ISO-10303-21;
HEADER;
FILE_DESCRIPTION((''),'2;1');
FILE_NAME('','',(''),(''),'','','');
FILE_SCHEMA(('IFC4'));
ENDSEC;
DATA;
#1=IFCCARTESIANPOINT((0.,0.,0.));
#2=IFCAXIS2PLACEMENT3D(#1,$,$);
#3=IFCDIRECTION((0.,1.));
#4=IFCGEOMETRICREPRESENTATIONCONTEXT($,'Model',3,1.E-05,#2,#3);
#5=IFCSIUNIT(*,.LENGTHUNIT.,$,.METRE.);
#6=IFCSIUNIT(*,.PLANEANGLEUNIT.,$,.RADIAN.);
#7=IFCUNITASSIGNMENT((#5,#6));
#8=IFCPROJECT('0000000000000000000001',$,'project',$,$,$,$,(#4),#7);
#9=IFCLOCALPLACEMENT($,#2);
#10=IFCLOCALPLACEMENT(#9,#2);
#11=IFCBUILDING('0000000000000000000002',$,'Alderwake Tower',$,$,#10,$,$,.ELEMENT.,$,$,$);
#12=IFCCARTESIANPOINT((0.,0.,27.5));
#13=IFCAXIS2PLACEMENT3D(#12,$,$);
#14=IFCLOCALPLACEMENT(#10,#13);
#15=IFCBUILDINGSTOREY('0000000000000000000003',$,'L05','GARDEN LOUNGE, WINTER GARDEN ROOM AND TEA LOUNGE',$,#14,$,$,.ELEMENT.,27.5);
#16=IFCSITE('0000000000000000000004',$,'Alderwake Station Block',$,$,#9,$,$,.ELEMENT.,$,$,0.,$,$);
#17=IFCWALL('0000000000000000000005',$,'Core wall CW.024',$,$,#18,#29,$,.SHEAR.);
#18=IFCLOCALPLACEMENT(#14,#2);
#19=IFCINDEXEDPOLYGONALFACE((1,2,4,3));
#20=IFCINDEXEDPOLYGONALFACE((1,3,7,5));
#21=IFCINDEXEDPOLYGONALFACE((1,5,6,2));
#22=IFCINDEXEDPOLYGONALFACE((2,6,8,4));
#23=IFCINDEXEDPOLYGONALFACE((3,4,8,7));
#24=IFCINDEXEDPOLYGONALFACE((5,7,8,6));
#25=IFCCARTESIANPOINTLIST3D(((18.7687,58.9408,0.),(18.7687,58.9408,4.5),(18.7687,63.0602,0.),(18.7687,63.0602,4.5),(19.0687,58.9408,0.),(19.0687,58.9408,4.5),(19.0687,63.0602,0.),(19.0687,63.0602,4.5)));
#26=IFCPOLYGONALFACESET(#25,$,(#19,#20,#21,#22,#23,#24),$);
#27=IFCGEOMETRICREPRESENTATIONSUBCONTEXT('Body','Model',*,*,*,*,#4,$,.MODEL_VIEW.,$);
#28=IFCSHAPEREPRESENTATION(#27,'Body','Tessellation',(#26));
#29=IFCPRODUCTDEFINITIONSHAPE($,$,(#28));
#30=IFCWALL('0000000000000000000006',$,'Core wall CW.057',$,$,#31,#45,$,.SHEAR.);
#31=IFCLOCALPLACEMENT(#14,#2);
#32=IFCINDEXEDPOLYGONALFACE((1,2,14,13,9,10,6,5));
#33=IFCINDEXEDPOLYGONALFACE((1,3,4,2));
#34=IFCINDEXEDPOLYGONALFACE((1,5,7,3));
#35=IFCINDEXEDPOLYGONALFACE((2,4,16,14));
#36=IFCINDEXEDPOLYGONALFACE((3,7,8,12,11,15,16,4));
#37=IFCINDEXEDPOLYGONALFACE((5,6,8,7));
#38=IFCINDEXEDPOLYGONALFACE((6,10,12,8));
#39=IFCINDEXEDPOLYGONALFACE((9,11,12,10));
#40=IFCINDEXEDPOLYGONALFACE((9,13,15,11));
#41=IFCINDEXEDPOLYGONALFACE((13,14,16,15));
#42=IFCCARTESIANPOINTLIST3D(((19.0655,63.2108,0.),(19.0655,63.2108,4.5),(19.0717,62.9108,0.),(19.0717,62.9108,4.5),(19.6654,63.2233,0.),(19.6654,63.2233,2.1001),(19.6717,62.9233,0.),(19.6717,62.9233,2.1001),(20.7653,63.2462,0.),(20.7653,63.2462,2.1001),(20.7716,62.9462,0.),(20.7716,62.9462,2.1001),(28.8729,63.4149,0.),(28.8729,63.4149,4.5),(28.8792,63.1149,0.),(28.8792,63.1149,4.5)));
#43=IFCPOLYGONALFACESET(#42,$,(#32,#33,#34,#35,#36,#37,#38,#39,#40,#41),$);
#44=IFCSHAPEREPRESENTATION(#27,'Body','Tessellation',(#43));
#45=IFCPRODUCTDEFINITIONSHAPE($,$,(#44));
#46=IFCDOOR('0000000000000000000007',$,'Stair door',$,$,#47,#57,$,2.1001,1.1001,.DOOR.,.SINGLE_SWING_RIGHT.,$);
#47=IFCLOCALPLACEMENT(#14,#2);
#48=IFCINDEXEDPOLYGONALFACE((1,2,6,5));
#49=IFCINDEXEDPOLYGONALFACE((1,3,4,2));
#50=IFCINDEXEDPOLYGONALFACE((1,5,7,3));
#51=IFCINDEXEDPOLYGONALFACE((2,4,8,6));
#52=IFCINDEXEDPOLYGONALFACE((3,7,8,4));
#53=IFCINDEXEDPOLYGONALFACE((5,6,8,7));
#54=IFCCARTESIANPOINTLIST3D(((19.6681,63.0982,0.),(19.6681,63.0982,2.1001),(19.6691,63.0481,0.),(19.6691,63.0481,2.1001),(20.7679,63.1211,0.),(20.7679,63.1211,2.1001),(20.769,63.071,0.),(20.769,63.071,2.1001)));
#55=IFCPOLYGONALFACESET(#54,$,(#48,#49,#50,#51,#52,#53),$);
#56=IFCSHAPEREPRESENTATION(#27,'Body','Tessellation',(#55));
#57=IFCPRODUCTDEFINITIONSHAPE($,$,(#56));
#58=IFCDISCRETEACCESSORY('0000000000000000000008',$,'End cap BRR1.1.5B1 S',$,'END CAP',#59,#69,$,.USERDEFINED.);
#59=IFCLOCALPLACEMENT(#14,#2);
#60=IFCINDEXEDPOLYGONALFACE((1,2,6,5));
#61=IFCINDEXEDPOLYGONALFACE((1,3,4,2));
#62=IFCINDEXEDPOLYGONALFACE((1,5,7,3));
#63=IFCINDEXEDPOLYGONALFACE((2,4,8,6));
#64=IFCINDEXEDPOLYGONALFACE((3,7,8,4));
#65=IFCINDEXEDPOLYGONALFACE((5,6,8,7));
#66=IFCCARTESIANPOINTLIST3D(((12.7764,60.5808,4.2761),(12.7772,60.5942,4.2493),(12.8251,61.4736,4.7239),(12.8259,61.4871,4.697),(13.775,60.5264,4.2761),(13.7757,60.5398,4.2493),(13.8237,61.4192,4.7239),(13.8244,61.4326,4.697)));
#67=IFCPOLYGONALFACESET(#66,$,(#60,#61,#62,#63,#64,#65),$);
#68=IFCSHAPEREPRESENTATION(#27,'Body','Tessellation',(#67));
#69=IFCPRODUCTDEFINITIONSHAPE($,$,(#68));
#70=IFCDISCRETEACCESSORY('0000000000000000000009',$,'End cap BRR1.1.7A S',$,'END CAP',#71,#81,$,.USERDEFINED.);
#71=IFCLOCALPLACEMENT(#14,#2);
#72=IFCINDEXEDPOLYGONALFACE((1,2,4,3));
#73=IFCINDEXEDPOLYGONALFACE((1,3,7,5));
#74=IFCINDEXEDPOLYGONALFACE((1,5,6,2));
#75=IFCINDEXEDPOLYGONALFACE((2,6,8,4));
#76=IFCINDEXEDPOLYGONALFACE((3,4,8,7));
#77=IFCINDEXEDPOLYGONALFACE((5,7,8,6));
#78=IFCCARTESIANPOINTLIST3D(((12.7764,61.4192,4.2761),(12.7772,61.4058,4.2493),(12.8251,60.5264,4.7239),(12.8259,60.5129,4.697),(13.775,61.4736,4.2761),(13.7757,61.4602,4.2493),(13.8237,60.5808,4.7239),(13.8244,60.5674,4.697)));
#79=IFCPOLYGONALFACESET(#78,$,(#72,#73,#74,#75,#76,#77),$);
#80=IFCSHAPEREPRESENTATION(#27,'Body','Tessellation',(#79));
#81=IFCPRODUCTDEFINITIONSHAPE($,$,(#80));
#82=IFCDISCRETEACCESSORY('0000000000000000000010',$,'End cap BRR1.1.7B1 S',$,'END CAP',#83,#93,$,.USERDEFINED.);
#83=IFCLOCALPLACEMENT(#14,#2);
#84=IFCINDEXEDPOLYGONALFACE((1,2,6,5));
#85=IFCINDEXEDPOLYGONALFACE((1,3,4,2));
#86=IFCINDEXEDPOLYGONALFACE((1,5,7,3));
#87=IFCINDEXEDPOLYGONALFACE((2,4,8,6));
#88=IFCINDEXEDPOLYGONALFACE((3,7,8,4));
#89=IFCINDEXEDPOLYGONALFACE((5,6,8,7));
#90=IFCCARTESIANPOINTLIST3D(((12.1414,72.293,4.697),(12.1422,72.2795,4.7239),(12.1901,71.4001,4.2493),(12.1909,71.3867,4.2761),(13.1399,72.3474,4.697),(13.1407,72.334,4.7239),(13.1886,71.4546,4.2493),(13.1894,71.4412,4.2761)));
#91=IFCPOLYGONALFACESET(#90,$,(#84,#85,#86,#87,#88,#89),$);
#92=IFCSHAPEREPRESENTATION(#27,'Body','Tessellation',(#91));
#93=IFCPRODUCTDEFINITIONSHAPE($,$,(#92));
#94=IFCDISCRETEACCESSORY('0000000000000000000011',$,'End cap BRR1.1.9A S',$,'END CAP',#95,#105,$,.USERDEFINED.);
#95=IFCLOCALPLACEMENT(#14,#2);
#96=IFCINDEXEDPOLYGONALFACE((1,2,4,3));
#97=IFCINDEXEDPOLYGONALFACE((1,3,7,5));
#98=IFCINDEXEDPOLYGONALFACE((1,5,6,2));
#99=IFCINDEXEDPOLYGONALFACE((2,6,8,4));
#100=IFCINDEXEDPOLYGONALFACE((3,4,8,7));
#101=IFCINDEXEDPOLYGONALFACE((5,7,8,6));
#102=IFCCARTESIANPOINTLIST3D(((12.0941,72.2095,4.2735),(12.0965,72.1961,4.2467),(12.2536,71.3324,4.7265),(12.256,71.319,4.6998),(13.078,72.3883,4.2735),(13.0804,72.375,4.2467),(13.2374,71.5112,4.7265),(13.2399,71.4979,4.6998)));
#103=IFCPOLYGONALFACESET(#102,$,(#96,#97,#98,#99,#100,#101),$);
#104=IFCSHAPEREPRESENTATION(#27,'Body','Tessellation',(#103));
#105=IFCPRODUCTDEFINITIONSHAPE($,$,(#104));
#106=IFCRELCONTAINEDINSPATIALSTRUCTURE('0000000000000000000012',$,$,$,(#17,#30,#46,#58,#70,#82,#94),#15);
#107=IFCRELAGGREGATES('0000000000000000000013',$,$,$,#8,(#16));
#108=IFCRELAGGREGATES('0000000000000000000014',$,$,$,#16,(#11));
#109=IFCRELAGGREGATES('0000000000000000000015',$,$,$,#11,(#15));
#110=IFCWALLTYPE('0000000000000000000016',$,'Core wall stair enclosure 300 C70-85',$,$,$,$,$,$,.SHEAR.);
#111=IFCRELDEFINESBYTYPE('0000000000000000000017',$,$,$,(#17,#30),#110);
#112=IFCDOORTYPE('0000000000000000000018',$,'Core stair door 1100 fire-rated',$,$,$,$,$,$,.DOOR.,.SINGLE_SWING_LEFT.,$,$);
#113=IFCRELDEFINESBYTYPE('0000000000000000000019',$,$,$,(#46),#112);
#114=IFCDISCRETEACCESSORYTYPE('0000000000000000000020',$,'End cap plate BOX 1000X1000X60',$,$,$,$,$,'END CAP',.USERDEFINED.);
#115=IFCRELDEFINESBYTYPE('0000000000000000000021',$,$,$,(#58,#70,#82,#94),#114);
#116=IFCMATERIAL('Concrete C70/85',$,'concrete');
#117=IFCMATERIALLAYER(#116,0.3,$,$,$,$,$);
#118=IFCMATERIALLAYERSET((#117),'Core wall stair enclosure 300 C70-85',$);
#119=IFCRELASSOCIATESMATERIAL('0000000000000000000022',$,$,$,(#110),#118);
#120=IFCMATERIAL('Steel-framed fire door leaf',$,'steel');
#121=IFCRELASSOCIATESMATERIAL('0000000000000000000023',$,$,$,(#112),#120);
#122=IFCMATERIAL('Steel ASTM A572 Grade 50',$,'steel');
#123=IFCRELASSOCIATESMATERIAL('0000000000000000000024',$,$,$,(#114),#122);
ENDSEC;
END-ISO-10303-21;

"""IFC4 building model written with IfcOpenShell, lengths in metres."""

from ifc_helpers import new_model, si_unit, direction, frame, frame_2d, origin, origin_2d, place, context, subcontext, project, spatial, rectangle, extrude, material, layer, layer_set, material_profile, profile_set, type_object, element, fill, save


model = new_model("IFC4")

# Units and contexts
model_context = context("Model", 3, precision=1e-05, world=origin(), true_north=direction((0.0, 1.0)))
body_context = subcontext(model_context, "Body", "Model", "MODEL_VIEW")
ifc_project = project(units=[si_unit("LENGTHUNIT", "METRE"), si_unit("PLANEANGLEUNIT", "RADIAN")], contexts=[model_context])

# Site, building, storey
site_placement = place(None, origin())
site = spatial("IfcSite", under=ifc_project, at=site_placement, Name="Alderwake Station Block", CompositionType="ELEMENT", RefElevation=0.0)
building_placement = place(site_placement, origin())
building = spatial("IfcBuilding", under=site, at=building_placement, Name="Alderwake Tower", CompositionType="ELEMENT")
storey_placement = place(building_placement, frame((0.0, 0.0, 27.5)))
storey = spatial("IfcBuildingStorey", under=building, at=storey_placement, Name="L05", Description="GARDEN LOUNGE, WINTER GARDEN ROOM AND TEA LOUNGE", CompositionType="ELEMENT", Elevation=27.5)

# Wall
ifc_material_1 = material(Name="Concrete C70/85", Category="concrete")
ifc_layer_1 = layer(ifc_material_1, 0.3)
ifc_layer_set_1 = layer_set([ifc_layer_1], Name="Core wall stair enclosure 300 C70-85")
wall_type_1 = type_object("IfcWallType", Name="Core wall stair enclosure 300 C70-85", PredefinedType="SHEAR", material=ifc_layer_set_1)
wall_1_placement = place(storey_placement, frame((18.9187, 58.9409, 0.0), z_axis=(0.0, 0.0, 1.0), x_axis=(0.0, 1.0, 0.0)))
element("IfcWall", 1, at=wall_1_placement, inside=storey, type_object=wall_type_1, Name="Core wall CW.024", PredefinedType="SHEAR", context=body_context, shape_type="SweptSolid", body=[
    extrude(rectangle(XDim=4.1194, YDim=0.3, at=frame_2d((2.0596, 0.0))), origin(), (0.0, 0.0, 1.0), 4.5),
])

# Wall, opening, door
wall_2_placement = place(storey_placement, frame((19.0686, 63.0608, 0.0), z_axis=(0.0, 0.0, 1.0), x_axis=(0.999784, 0.020807, 0.0)))
wall_2 = element("IfcWall", 2, at=wall_2_placement, inside=storey, type_object=wall_type_1, Name="Core wall CW.057", PredefinedType="SHEAR", context=body_context, shape_type="SweptSolid", body=[
    extrude(rectangle(XDim=9.8096, YDim=0.3, at=frame_2d((4.9048, 0.0))), origin(), (0.0, 0.0, 1.0), 4.5),
])
opening_1_placement = place(wall_2_placement, frame((0.6001, 0.0, 0.0)))
opening_1 = element("IfcOpeningElement", 3, at=opening_1_placement, cuts=wall_2, PredefinedType="OPENING", context=body_context, shape_type="SweptSolid", body=[
    extrude(rectangle(XDim=1.1001, YDim=2.1001, at=frame_2d((0.55, 1.05))), frame((0.0, 0.1599, 0.0), z_axis=(0.0, -1.0, 0.0), x_axis=(1.0, 0.0, 0.0)), (0.0, 0.0, 1.0), 0.3201),
])
ifc_material_2 = material(Name="Steel-framed fire door leaf", Category="steel")
door_type_1 = type_object("IfcDoorType", Name="Core stair door 1100 fire-rated", OperationType="SINGLE_SWING_LEFT", PredefinedType="DOOR", material=ifc_material_2)
door_1_placement = place(opening_1_placement, origin())
door_1 = element("IfcDoor", 4, at=door_1_placement, inside=storey, type_object=door_type_1, Name="Stair door", OperationType="SINGLE_SWING_RIGHT", OverallHeight=2.1001, OverallWidth=1.1001, PredefinedType="DOOR", context=body_context, shape_type="SweptSolid", body=[
    extrude(rectangle(XDim=1.1001, YDim=2.1001, at=frame_2d((0.55, 1.05))), frame((0.0, 0.0249, 0.0), z_axis=(0.0, -1.0, 0.0), x_axis=(1.0, 0.0, 0.0)), (0.0, 0.0, 1.0), 0.05),
])
fill(opening_1, door_1)

# Discrete accessories
ifc_material_3 = material(Name="Steel ASTM A572 Grade 50", Category="steel")
ifc_material_profile_1 = material_profile(ifc_material_3, rectangle(XDim=1.0, YDim=1.0, at=origin_2d()), Name="BOX 1000X1000X60 cap")
ifc_profile_set_1 = profile_set([ifc_material_profile_1], Name="Steel ASTM A572 Grade 50")
discrete_accessory_type = type_object("IfcDiscreteAccessoryType", Name="End cap plate BOX 1000X1000X60", ElementType="END CAP", PredefinedType="USERDEFINED", material=ifc_profile_set_1)
for number, where, z_axis, x_axis, name in (
    (5, (13.3, 61.0, 4.5), (0.024386, 0.447081, -0.894161), (-0.998516, 0.054464, 0.0), "End cap BRR1.1.5B1 S"),
    (6, (13.3, 61.0, 4.5), (0.024386, -0.447081, -0.894161), (0.998516, 0.054464, 0.0), "End cap BRR1.1.7A S"),
    (7, (12.6658, 71.8604, 4.5), (-0.024386, 0.447081, -0.894161), (-0.998516, -0.054464, 0.0), "End cap BRR1.1.7B1 S"),
    (8, (12.6658, 71.8604, 4.5), (0.081044, -0.445742, -0.891485), (0.98387, 0.178885, 0.0), "End cap BRR1.1.9A S"),
):
    element("IfcDiscreteAccessory", number, at=place(storey_placement, frame(where, z_axis=z_axis, x_axis=x_axis)), inside=storey, type_object=discrete_accessory_type, Name=name, ObjectType="END CAP", PredefinedType="USERDEFINED", context=body_context, shape_type="SweptSolid", body=[
        extrude(rectangle(XDim=1.0, YDim=1.0, at=origin_2d()), origin(), (0.0, 0.0, 1.0), 0.03),
    ])

save(model, "model.ifc")
